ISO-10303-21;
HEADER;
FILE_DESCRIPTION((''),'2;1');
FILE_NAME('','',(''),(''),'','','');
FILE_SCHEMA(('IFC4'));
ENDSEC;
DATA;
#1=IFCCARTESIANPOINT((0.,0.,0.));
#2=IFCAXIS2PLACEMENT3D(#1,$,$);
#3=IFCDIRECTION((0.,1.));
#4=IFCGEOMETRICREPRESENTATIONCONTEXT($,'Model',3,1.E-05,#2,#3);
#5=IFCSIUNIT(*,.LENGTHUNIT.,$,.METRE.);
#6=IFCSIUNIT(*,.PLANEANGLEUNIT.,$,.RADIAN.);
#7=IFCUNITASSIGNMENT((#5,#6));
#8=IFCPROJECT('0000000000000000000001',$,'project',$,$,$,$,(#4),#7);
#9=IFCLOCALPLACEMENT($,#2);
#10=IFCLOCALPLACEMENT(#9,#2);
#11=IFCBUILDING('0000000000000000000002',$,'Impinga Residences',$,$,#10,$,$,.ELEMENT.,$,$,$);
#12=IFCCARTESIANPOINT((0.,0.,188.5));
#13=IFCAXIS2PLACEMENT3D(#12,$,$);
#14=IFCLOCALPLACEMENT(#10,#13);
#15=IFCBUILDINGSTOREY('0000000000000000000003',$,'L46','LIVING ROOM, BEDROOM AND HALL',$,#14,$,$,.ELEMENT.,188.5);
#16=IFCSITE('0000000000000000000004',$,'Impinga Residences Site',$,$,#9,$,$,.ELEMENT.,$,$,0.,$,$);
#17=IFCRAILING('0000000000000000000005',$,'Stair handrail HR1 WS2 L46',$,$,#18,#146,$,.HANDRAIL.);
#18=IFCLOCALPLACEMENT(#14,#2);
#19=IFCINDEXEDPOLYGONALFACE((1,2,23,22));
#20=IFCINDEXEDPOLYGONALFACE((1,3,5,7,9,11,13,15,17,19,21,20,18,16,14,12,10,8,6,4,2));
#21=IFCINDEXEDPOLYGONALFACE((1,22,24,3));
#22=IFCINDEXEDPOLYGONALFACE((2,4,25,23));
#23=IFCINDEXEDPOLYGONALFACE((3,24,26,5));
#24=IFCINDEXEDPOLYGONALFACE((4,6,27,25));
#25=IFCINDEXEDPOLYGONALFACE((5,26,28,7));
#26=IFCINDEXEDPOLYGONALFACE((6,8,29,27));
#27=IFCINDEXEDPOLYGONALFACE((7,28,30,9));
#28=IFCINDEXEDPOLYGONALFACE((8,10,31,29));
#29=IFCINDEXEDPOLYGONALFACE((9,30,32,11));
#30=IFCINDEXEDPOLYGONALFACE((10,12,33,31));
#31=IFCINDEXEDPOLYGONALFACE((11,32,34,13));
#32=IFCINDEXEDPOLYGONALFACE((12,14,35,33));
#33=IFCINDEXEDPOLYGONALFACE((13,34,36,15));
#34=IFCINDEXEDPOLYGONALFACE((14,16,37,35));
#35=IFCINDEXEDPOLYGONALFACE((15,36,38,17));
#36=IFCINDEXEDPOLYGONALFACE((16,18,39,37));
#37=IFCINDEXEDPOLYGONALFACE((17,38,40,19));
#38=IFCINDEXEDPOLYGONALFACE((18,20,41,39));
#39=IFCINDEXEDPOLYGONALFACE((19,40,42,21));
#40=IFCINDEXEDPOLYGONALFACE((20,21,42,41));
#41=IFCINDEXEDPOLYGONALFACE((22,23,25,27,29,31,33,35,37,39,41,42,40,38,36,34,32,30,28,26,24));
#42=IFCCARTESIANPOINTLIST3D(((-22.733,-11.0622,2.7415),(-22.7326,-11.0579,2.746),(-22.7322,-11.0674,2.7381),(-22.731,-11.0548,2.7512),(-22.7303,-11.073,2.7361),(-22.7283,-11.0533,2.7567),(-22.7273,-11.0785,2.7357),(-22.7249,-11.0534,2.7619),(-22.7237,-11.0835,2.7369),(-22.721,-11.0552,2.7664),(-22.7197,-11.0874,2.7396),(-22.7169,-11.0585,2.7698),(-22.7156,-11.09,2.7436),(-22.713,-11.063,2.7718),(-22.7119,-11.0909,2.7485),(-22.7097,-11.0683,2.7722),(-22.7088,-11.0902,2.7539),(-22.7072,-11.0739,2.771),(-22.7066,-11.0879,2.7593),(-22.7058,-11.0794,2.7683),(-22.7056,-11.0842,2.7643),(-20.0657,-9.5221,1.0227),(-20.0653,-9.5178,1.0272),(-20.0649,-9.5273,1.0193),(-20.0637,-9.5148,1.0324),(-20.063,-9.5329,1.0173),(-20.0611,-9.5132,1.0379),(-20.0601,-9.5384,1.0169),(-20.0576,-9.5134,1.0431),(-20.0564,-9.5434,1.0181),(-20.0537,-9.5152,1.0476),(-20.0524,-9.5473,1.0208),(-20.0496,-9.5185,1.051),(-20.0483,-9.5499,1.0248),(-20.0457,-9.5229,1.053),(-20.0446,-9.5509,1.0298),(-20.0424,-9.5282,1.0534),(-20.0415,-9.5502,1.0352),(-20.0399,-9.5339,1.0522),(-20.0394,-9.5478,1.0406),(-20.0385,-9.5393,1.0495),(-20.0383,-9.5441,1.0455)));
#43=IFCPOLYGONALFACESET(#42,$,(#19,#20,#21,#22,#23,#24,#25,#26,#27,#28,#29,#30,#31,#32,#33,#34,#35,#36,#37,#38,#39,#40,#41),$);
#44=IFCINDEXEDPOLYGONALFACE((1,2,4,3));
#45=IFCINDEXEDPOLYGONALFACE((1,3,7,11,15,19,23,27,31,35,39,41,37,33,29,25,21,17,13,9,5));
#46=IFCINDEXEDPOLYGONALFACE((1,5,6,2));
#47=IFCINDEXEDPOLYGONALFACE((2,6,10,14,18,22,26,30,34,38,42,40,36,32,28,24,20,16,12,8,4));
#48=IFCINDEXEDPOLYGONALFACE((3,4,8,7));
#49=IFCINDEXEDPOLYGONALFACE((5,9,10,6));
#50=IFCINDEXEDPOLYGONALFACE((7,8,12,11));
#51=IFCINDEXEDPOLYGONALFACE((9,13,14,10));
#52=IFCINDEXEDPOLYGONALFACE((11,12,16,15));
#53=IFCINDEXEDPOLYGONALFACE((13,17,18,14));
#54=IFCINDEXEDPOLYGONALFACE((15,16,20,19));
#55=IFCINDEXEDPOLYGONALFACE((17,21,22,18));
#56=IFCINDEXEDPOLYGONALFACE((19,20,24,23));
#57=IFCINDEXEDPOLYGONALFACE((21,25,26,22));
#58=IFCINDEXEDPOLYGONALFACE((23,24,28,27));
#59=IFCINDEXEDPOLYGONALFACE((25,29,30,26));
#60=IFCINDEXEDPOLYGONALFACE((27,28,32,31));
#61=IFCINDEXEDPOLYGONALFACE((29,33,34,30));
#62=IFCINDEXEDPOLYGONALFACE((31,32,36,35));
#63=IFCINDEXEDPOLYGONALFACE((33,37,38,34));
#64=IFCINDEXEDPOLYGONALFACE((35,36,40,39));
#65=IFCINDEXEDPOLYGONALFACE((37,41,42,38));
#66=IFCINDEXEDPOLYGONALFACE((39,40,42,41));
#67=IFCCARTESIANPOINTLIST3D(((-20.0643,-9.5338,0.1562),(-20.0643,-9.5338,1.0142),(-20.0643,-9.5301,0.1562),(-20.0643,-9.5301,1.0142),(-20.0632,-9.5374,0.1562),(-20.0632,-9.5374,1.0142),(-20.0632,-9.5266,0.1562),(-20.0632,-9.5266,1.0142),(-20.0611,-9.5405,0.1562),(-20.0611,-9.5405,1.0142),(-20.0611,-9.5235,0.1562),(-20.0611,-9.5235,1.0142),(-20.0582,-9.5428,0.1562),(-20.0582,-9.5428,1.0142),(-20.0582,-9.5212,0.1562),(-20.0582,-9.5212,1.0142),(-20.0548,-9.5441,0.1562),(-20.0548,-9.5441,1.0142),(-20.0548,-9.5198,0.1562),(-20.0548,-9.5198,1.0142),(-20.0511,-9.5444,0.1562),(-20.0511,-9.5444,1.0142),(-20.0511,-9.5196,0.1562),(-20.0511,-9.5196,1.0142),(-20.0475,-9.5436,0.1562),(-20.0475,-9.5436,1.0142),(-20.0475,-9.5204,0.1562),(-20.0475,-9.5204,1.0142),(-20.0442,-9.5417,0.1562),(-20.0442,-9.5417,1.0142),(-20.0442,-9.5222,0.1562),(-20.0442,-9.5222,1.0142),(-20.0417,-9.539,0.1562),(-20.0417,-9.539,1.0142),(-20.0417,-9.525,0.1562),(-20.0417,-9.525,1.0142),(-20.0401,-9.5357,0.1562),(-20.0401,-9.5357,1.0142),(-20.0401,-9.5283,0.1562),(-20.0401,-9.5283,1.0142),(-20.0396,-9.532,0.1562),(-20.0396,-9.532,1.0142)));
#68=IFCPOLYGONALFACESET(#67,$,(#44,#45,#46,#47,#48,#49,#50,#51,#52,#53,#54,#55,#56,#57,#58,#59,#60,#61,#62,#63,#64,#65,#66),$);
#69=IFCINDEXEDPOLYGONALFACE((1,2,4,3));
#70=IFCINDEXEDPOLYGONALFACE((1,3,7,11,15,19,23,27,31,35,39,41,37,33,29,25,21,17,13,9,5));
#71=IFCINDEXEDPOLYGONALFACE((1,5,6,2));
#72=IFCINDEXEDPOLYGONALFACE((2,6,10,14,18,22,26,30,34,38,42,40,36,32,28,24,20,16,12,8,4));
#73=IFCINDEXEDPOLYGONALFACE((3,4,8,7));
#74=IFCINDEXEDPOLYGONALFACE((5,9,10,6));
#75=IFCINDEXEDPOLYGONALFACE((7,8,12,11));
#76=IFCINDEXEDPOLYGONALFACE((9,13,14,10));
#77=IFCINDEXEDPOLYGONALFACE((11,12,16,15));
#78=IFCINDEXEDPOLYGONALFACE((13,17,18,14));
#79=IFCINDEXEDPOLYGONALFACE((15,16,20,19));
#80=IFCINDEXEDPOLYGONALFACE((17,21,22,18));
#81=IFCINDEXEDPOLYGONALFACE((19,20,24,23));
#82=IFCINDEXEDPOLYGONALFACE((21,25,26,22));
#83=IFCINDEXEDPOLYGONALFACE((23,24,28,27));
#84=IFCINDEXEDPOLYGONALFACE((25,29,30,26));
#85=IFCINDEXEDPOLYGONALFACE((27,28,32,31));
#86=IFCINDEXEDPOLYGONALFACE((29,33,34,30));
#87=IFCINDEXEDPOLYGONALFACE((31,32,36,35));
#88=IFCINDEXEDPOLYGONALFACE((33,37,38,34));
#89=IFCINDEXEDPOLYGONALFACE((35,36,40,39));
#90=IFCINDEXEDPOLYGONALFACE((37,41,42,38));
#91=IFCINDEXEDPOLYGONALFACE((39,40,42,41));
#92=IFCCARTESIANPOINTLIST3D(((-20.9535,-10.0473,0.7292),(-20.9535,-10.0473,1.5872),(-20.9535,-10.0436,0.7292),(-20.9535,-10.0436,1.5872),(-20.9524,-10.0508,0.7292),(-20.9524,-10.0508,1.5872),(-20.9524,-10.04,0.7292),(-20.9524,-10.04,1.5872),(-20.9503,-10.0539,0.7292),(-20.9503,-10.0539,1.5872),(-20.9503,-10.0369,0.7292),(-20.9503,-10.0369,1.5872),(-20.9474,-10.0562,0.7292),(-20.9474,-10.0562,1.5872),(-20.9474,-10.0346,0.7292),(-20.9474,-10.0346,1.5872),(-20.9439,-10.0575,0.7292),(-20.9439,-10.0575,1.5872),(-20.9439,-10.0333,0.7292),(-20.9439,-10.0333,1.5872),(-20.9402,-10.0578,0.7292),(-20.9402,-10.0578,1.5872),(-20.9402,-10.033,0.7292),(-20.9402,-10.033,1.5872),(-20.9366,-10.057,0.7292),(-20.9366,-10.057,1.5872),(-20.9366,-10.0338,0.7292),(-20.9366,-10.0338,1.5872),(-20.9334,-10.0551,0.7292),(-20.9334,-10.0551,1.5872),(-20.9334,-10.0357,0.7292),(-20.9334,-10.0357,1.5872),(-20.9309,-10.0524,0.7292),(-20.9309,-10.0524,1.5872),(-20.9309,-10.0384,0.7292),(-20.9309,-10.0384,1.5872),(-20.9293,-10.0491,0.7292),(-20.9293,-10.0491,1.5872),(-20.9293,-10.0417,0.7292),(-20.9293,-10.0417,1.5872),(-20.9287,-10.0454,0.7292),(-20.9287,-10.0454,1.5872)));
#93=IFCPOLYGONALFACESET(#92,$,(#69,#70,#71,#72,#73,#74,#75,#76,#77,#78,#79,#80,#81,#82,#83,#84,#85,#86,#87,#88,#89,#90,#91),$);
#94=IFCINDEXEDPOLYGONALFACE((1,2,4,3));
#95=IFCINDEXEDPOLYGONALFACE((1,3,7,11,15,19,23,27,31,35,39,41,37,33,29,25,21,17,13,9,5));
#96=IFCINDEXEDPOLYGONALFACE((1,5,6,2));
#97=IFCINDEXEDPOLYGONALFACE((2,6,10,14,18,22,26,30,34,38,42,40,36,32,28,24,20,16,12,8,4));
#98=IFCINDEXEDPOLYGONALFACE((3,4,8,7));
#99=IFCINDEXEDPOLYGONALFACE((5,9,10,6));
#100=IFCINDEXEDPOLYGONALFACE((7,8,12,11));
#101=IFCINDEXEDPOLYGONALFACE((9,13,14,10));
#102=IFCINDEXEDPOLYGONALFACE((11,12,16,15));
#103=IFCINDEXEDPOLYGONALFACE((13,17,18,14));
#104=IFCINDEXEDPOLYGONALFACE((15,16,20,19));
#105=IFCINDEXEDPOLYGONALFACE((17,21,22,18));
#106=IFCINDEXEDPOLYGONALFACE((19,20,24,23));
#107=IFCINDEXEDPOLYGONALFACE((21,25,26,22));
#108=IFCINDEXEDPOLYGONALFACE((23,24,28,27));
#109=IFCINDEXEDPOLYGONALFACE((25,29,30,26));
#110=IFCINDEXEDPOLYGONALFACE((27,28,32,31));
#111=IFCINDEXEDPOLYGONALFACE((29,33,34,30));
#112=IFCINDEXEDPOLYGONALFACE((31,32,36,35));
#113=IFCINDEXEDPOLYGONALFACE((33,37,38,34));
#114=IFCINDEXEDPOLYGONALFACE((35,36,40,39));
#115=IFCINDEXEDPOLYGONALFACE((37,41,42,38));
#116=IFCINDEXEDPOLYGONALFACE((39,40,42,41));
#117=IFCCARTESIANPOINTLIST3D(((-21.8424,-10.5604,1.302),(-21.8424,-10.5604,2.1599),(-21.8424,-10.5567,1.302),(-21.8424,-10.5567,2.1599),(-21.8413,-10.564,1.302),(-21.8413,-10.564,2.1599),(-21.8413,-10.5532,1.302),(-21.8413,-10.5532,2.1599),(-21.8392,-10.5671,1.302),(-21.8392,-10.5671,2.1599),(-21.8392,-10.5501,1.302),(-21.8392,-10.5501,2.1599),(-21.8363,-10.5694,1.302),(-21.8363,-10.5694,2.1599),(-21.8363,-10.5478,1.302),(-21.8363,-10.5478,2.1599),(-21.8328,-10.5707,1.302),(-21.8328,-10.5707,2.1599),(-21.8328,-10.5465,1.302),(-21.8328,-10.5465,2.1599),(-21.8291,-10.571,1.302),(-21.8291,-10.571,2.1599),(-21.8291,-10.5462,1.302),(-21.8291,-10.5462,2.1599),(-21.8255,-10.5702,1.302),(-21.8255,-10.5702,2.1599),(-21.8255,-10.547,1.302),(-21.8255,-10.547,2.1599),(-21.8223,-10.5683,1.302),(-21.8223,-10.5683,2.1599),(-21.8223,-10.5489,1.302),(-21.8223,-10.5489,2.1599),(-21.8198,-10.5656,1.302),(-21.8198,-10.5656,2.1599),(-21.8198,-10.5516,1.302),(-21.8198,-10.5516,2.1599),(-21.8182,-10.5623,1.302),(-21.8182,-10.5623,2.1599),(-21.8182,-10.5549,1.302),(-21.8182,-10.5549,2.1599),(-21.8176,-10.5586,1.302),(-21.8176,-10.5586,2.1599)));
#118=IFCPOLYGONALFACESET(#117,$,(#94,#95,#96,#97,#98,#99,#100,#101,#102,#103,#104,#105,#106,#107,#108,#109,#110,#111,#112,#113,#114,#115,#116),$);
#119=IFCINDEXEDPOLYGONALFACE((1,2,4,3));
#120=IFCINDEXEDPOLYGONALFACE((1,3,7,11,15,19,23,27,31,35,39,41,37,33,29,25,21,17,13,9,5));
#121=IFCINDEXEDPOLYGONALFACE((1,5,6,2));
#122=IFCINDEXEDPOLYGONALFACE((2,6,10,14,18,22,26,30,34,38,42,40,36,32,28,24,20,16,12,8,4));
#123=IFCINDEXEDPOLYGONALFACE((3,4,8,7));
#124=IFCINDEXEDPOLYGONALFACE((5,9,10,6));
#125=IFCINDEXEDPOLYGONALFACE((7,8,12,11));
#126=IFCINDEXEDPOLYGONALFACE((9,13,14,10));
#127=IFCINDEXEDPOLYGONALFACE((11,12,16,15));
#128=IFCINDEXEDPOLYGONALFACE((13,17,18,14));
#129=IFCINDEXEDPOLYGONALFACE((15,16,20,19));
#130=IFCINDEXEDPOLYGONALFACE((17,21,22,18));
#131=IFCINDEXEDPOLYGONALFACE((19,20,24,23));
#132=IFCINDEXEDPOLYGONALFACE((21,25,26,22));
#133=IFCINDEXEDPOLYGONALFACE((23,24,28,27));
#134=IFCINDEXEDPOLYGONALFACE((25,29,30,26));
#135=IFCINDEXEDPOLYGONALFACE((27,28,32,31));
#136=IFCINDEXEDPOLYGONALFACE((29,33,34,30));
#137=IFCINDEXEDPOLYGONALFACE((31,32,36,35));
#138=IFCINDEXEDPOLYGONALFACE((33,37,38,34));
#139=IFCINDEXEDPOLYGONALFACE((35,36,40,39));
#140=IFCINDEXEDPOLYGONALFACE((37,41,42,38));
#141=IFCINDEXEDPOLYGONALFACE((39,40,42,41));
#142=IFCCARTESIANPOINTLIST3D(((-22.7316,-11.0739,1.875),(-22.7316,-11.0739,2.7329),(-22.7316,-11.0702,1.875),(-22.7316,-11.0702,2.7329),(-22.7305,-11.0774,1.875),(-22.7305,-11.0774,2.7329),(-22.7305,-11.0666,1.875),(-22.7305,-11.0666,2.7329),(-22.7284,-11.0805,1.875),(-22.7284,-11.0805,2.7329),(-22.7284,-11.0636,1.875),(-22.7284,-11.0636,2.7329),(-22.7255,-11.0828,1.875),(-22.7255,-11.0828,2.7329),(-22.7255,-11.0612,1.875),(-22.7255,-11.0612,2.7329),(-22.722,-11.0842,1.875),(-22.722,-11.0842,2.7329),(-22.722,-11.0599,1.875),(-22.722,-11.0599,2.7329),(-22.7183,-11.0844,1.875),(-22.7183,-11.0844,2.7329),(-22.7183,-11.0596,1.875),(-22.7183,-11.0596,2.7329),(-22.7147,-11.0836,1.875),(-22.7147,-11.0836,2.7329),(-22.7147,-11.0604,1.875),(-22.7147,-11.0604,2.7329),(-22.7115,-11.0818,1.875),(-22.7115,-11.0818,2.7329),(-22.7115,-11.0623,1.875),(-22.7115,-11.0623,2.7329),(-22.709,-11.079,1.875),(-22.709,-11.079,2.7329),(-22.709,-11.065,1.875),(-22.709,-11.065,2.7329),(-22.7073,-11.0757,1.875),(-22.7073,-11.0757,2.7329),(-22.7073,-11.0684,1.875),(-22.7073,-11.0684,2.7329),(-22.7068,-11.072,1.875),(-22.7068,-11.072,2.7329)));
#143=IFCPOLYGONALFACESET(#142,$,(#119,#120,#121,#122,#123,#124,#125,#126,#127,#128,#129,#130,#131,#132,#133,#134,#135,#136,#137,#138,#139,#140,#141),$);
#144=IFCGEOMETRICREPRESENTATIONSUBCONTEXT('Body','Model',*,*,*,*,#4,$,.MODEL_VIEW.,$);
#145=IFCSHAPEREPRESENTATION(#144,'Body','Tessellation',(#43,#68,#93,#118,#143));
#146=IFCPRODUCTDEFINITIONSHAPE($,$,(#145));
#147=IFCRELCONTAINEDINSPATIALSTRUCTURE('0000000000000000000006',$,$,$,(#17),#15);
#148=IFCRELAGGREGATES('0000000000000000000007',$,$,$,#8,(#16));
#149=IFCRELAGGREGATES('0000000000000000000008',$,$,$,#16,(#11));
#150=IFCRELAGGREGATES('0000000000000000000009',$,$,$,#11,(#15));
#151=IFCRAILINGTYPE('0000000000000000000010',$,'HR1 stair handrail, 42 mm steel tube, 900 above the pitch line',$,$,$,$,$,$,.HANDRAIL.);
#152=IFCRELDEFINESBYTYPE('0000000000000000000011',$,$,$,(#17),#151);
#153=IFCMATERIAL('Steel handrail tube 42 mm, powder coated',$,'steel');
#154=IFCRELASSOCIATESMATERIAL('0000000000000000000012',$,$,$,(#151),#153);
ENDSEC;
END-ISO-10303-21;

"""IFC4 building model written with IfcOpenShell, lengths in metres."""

from ifc_helpers import new_model, si_unit, direction, frame, origin, origin_2d, place, context, subcontext, project, spatial, circle, extrude, material, type_object, element, save


model = new_model("IFC4")

# Units and contexts
model_context = context("Model", 3, precision=1e-05, world=origin(), true_north=direction((0.0, 1.0)))
body_context = subcontext(model_context, "Body", "Model", "MODEL_VIEW")
ifc_project = project(units=[si_unit("LENGTHUNIT", "METRE"), si_unit("PLANEANGLEUNIT", "RADIAN")], contexts=[model_context])

# Site, building, storey
site_placement = place(None, origin())
site = spatial("IfcSite", under=ifc_project, at=site_placement, Name="Impinga Residences Site", CompositionType="ELEMENT", RefElevation=0.0)
building_placement = place(site_placement, origin())
building = spatial("IfcBuilding", under=site, at=building_placement, Name="Impinga Residences", CompositionType="ELEMENT")
storey_placement = place(building_placement, frame((0.0, 0.0, 188.5)))
storey = spatial("IfcBuildingStorey", under=building, at=storey_placement, Name="L46", Description="LIVING ROOM, BEDROOM AND HALL", CompositionType="ELEMENT", Elevation=188.5)

# Railing
ifc_material_1 = material(Name="Steel handrail tube 42 mm, powder coated", Category="steel")
railing_type_1 = type_object("IfcRailingType", Name="HR1 stair handrail, 42 mm steel tube, 900 above the pitch line", PredefinedType="HANDRAIL", material=ifc_material_1)
railing_1_placement = place(storey_placement, frame((-20.052, -9.532, 0.1562)))
element("IfcRailing", 1, at=railing_1_placement, inside=storey, type_object=railing_type_1, Name="Stair handrail HR1 WS2 L46", PredefinedType="HANDRAIL", context=body_context, shape_type="SweptSolid", body=[
    extrude(circle(Radius=0.021, at=origin_2d()), frame((0.0, 0.0, 0.8789), z_axis=(-0.756226, -0.436639, 0.487307), x_axis=(0.500027, -0.86601, 0.0)), (0.0, 0.0, 1.0), 3.5271),
    extrude(circle(Radius=0.0125, at=origin_2d()), origin(), (0.0, 0.0, 1.0), 0.8579),
    extrude(circle(Radius=0.0125, at=origin_2d()), frame((-0.8892, -0.5134, 0.573)), (0.0, 0.0, 1.0), 0.8579),
    extrude(circle(Radius=0.0125, at=origin_2d()), frame((-1.7781, -1.0266, 1.1458)), (0.0, 0.0, 1.0), 0.8579),
    extrude(circle(Radius=0.0125, at=origin_2d()), frame((-2.6672, -1.54, 1.7188)), (0.0, 0.0, 1.0), 0.8579),
])

save(model, "model.ifc")
